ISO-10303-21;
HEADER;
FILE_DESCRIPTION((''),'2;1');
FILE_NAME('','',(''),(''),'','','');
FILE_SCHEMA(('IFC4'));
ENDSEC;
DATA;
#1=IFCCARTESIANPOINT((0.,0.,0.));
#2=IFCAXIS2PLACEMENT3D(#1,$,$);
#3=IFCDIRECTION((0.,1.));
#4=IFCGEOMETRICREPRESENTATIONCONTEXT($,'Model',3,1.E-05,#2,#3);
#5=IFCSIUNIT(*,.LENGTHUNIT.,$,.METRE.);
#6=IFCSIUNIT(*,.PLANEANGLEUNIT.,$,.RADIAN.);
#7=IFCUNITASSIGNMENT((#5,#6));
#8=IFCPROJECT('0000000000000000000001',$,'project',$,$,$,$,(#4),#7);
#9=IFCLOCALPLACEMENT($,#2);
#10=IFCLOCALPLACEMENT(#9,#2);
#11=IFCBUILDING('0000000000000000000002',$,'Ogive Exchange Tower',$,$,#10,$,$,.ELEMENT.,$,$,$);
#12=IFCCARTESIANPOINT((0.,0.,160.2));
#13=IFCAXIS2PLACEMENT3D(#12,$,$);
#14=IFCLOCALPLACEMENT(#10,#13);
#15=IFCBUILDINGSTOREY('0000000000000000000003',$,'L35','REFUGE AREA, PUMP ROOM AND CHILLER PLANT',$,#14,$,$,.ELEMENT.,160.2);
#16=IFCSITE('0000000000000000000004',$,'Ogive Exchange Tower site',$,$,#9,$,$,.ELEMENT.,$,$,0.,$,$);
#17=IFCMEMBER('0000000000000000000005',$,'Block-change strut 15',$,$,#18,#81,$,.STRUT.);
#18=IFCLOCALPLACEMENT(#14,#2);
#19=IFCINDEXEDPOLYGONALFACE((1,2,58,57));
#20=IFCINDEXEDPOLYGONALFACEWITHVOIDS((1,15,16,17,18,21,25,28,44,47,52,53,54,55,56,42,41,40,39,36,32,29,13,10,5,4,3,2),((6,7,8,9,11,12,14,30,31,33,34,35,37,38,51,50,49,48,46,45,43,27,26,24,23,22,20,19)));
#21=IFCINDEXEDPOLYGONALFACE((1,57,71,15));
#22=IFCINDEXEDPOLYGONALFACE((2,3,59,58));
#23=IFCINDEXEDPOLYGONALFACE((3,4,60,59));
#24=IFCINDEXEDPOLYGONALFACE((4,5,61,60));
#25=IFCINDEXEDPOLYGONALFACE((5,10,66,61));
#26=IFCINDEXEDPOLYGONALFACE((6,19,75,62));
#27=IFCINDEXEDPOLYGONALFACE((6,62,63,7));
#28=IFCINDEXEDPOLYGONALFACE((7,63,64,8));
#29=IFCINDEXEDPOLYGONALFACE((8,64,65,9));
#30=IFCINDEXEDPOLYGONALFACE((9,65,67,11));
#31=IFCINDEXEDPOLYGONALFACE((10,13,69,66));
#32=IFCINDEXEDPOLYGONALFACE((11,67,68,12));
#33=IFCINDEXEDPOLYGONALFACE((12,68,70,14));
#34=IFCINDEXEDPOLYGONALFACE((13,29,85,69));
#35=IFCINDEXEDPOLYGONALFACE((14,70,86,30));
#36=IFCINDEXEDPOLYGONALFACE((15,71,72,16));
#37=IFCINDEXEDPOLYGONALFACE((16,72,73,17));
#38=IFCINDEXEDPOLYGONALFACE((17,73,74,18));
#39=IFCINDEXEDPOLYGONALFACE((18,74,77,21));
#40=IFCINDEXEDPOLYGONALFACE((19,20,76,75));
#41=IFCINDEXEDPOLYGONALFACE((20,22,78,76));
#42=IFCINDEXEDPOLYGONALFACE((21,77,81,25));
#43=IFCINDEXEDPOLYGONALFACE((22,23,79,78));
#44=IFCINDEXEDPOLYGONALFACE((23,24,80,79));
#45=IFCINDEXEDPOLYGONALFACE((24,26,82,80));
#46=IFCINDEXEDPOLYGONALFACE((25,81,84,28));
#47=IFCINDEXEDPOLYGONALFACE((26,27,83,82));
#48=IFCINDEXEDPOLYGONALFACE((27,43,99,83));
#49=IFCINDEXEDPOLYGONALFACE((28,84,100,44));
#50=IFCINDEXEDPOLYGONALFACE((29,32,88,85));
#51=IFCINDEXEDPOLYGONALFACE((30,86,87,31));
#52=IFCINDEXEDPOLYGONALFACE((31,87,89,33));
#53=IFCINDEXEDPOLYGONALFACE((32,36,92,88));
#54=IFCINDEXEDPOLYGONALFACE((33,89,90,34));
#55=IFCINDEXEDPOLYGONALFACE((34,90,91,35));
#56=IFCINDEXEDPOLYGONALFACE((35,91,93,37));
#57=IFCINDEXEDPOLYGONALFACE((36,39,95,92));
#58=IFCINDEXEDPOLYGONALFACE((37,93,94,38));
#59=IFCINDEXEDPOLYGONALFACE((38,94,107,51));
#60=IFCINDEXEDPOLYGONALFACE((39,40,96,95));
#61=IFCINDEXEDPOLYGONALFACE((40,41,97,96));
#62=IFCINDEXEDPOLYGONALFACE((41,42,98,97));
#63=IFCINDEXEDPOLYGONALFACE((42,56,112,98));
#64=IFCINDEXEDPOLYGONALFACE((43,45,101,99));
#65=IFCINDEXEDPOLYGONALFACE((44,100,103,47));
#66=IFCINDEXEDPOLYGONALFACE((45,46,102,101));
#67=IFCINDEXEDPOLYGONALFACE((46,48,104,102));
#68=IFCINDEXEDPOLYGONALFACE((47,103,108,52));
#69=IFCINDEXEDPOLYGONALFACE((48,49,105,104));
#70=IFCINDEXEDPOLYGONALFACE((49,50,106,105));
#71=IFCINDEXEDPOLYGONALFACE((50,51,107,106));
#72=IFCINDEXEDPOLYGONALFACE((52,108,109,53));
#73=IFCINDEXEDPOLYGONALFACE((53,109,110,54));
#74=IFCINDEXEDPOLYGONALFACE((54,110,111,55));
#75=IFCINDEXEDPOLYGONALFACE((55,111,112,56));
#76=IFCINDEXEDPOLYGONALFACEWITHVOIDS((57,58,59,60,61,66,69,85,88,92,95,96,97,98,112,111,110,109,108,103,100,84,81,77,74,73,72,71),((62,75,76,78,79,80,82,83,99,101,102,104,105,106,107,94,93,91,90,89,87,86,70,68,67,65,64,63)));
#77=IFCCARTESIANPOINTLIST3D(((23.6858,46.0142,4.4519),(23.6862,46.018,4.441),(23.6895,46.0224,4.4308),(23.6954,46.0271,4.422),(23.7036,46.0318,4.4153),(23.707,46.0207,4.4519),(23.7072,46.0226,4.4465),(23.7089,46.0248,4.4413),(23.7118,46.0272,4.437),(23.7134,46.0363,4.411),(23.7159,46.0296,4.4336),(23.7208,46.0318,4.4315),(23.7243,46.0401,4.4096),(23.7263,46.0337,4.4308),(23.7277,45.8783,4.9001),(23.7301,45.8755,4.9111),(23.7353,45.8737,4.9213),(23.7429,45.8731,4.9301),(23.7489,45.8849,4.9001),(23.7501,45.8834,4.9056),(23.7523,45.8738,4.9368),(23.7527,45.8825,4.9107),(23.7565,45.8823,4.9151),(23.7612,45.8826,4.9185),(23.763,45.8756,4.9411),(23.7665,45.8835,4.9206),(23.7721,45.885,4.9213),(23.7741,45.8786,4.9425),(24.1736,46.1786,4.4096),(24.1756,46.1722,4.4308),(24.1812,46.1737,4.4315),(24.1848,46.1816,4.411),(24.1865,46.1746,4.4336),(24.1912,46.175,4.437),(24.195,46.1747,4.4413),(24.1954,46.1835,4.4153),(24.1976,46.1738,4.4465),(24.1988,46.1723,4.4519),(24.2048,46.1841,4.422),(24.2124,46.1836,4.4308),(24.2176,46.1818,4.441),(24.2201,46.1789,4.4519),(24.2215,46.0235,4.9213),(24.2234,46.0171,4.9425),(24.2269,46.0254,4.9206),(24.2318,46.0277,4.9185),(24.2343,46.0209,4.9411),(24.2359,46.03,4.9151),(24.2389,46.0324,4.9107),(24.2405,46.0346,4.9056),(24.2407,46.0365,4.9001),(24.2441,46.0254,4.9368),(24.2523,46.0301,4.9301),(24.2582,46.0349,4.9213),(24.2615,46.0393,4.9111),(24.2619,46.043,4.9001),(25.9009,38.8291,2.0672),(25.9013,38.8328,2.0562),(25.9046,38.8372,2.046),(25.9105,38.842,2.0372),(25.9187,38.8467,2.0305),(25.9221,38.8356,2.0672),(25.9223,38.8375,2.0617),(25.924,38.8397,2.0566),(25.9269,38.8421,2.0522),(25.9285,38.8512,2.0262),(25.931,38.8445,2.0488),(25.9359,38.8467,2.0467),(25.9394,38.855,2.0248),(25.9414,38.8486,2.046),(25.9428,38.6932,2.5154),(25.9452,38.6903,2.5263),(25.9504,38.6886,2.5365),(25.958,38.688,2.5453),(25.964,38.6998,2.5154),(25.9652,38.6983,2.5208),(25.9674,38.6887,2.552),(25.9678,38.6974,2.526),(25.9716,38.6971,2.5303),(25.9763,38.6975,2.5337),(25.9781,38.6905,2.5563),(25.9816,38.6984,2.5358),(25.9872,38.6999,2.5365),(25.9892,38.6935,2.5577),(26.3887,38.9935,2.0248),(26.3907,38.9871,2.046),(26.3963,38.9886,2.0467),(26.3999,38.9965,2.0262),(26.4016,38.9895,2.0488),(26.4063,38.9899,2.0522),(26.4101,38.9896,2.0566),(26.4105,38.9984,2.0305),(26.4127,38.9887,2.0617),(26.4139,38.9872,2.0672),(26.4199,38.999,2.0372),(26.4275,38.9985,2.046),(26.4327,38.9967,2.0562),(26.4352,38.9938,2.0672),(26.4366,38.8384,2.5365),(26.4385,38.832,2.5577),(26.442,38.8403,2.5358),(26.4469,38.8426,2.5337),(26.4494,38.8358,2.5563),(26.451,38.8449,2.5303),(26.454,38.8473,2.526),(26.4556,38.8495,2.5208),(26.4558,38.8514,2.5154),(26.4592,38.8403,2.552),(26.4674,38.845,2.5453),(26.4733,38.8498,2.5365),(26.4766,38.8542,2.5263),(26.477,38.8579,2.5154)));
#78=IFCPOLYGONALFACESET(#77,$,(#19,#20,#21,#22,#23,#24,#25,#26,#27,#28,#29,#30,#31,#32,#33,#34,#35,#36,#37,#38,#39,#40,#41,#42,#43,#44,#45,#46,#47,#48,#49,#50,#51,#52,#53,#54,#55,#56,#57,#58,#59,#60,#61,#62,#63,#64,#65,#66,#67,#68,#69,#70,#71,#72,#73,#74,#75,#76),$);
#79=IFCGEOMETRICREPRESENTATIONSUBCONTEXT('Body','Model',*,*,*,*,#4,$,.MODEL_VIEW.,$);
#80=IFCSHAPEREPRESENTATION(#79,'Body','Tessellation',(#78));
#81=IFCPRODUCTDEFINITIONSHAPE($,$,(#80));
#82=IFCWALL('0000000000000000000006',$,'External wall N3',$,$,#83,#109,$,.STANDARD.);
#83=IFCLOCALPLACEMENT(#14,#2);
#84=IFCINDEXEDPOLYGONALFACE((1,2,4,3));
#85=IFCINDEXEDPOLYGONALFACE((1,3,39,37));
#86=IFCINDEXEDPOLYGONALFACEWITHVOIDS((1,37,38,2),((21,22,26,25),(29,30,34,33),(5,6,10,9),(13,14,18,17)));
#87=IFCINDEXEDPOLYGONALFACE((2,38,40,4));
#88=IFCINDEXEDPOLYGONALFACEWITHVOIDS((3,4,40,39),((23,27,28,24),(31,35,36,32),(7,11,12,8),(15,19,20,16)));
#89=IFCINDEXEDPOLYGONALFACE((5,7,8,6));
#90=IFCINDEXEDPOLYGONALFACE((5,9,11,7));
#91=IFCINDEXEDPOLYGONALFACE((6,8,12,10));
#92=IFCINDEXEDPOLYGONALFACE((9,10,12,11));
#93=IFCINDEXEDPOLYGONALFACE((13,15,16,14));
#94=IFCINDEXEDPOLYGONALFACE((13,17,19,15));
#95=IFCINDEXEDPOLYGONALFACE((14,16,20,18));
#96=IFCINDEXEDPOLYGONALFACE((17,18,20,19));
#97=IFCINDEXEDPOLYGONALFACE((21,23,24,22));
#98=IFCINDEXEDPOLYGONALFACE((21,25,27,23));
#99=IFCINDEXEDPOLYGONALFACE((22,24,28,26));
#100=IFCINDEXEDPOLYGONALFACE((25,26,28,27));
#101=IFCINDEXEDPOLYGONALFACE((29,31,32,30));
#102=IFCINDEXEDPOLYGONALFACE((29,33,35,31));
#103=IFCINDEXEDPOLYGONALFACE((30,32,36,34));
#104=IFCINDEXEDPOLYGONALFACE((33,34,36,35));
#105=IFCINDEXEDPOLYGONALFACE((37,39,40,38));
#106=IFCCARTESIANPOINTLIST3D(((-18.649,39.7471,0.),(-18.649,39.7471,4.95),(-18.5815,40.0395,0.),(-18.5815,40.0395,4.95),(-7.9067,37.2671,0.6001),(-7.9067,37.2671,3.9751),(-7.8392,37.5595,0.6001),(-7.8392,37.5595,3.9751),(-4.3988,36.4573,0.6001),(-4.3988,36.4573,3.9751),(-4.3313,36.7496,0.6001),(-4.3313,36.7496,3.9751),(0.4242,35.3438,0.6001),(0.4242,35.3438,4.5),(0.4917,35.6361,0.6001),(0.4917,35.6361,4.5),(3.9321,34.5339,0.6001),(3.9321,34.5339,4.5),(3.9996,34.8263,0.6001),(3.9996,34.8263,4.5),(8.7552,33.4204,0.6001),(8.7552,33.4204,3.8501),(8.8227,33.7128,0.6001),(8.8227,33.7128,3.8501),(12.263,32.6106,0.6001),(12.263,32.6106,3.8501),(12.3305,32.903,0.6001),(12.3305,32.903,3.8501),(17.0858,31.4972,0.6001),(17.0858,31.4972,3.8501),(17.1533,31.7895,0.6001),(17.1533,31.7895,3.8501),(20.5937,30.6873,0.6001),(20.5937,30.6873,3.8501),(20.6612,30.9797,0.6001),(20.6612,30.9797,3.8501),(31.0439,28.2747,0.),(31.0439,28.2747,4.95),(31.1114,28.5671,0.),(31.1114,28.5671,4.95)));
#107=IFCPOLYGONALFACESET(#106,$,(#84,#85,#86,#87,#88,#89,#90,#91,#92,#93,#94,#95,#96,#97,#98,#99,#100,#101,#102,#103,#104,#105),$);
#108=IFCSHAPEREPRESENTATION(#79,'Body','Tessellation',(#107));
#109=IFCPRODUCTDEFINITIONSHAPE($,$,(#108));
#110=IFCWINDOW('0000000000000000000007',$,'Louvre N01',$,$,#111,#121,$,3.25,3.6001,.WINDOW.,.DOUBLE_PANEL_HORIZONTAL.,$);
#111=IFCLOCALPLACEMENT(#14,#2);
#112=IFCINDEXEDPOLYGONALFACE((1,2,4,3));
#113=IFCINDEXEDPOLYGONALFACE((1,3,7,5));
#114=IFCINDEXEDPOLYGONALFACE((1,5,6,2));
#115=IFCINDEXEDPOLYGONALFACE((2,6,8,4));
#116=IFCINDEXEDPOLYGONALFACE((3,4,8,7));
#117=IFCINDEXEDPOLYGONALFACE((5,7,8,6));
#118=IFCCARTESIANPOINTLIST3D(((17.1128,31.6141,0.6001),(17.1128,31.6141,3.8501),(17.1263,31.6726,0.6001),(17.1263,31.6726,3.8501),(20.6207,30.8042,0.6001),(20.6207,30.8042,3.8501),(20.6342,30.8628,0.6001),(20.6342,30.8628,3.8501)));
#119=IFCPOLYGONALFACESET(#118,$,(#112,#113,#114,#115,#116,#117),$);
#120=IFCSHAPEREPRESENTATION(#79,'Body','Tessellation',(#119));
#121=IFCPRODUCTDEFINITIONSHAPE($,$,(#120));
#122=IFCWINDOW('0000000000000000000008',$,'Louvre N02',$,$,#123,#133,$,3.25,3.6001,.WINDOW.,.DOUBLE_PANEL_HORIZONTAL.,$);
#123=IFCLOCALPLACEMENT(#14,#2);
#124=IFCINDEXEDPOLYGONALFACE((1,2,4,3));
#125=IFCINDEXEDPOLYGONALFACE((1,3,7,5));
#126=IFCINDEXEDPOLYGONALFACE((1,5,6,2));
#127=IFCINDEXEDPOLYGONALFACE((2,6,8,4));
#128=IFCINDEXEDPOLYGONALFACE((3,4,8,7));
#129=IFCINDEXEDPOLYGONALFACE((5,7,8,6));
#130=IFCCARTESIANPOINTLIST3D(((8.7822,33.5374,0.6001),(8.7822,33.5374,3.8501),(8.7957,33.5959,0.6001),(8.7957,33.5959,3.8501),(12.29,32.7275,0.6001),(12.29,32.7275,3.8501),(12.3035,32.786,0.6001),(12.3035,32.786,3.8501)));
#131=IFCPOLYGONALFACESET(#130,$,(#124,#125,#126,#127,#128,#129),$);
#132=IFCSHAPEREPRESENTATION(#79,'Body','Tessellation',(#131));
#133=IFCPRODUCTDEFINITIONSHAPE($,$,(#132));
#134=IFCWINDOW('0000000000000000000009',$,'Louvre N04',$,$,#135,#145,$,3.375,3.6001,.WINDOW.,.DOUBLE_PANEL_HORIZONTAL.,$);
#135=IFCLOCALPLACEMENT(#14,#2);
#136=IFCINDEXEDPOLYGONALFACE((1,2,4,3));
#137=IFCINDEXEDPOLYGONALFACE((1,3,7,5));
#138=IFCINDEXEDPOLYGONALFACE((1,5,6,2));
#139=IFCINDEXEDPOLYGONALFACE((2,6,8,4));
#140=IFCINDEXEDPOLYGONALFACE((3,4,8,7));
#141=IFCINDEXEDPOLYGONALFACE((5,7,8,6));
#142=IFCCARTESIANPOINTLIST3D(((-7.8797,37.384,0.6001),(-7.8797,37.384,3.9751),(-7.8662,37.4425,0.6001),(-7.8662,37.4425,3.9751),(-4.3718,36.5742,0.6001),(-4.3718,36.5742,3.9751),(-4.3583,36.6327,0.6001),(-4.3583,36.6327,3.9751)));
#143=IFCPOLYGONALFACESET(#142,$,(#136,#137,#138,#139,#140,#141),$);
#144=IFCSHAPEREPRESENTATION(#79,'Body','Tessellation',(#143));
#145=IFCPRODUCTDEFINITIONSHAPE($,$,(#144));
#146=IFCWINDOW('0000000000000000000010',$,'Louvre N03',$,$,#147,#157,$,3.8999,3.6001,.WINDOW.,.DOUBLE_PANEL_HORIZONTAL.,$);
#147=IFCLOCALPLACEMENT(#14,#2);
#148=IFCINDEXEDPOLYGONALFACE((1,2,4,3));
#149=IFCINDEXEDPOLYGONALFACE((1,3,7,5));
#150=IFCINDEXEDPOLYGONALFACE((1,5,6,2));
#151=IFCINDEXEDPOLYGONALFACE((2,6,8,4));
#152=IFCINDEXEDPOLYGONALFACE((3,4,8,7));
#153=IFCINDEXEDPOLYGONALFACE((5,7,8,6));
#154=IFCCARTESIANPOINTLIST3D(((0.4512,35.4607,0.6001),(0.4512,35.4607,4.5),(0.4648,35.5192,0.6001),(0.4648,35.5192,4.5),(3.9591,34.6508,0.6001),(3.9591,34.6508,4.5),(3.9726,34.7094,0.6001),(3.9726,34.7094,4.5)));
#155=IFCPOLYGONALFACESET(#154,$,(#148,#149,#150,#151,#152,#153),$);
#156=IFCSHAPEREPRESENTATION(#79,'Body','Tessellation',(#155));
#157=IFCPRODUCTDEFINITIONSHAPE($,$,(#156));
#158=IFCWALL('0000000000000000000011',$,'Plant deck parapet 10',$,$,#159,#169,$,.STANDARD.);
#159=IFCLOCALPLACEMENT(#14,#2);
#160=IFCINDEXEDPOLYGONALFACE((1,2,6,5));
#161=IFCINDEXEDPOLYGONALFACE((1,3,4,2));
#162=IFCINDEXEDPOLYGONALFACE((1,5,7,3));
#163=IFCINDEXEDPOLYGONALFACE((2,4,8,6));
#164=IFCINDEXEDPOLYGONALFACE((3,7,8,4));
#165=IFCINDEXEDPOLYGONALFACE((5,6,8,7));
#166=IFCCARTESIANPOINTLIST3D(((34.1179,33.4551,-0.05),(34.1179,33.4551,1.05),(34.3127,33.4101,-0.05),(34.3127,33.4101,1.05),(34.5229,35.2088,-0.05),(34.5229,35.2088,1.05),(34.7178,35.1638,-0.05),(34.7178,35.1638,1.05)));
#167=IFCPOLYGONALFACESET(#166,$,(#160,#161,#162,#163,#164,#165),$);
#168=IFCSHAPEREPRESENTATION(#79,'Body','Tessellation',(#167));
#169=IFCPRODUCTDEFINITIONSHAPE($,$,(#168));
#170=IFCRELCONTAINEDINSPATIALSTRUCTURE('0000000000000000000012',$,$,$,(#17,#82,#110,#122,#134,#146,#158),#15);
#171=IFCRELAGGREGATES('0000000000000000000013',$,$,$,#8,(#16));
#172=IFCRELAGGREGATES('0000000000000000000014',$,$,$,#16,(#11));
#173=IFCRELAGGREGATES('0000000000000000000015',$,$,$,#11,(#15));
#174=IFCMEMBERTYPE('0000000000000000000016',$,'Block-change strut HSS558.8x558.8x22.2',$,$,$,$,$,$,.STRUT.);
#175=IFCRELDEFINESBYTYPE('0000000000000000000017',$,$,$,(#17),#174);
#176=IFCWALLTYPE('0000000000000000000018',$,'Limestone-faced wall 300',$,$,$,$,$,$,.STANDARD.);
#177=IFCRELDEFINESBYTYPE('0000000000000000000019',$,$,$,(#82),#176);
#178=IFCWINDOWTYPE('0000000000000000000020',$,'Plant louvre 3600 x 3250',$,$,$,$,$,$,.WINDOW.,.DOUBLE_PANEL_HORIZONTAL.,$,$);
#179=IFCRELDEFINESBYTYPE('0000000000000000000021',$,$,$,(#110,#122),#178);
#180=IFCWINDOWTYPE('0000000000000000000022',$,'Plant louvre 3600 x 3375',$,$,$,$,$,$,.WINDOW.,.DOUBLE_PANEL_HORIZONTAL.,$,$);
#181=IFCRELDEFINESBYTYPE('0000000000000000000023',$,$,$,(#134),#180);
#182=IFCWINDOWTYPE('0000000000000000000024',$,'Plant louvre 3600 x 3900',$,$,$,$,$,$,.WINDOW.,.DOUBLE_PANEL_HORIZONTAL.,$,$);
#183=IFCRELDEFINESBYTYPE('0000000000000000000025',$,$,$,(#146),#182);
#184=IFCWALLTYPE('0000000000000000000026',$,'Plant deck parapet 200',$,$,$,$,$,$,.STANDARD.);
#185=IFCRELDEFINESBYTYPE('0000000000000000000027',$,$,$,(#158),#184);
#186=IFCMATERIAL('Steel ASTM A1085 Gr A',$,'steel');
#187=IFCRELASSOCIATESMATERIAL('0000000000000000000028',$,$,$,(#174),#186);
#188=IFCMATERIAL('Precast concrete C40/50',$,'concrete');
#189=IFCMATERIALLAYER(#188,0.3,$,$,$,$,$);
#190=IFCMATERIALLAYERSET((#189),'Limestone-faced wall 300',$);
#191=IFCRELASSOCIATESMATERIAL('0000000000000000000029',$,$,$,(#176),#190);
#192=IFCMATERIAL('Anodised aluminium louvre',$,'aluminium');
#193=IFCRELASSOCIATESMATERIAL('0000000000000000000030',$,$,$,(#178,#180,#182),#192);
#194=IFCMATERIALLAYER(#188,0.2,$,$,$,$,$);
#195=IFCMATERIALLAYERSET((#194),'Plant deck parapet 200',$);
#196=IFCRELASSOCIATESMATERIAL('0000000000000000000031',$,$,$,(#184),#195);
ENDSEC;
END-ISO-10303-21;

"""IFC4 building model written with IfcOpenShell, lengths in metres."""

from ifc_helpers import new_model, si_unit, direction, frame, frame_2d, origin, origin_2d, place, context, subcontext, project, spatial, rectangle, hollow_rectangle, extrude, material, layer, layer_set, material_profile, profile_set, type_object, element, fill, save


model = new_model("IFC4")

# Units and contexts
model_context = context("Model", 3, precision=1e-05, world=origin(), true_north=direction((0.0, 1.0)))
body_context = subcontext(model_context, "Body", "Model", "MODEL_VIEW")
ifc_project = project(units=[si_unit("LENGTHUNIT", "METRE"), si_unit("PLANEANGLEUNIT", "RADIAN")], contexts=[model_context])

# Site, building, storey
site_placement = place(None, origin())
site = spatial("IfcSite", under=ifc_project, at=site_placement, Name="Ogive Exchange Tower site", CompositionType="ELEMENT", RefElevation=0.0)
building_placement = place(site_placement, origin())
building = spatial("IfcBuilding", under=site, at=building_placement, Name="Ogive Exchange Tower", CompositionType="ELEMENT")
storey_placement = place(building_placement, frame((0.0, 0.0, 160.2)))
storey = spatial("IfcBuildingStorey", under=building, at=storey_placement, Name="L35", Description="REFUGE AREA, PUMP ROOM AND CHILLER PLANT", CompositionType="ELEMENT", Elevation=160.2)

# Shared definitions
ifc_material_1 = material(Name="Steel ASTM A1085 Gr A", Category="steel")

# Member
ifc_material_profile_1 = material_profile(ifc_material_1, hollow_rectangle(XDim=0.5591, YDim=0.5591, WallThickness=0.0222, InnerFilletRadius=0.0222, OuterFilletRadius=0.0444, at=origin_2d()), Name="HSS558.8x558.8x22.2")
ifc_profile_set_1 = profile_set([ifc_material_profile_1], Name="Steel ASTM A1085 Gr A")
member_type_1 = type_object("IfcMemberType", Name="Block-change strut HSS558.8x558.8x22.2", PredefinedType="STRUT", material=ifc_profile_set_1)
member_1_placement = place(storey_placement, frame((26.189, 38.8435, 2.2913), z_axis=(-0.280821, 0.910898, 0.302333), x_axis=(-0.955618, -0.294608, 0.0)))
element("IfcMember", 1, at=member_1_placement, inside=storey, type_object=member_type_1, Name="Block-change strut 15", PredefinedType="STRUT", context=body_context, shape_type="SweptSolid", body=[
    extrude(hollow_rectangle(XDim=0.5591, YDim=0.5591, WallThickness=0.0222, InnerFilletRadius=0.0222, OuterFilletRadius=0.0444, at=origin_2d()), origin(), (0.0, 0.0, 1.0), 7.8879),
])

# Wall, openings, windows
ifc_material_2 = material(Name="Precast concrete C40/50", Category="concrete")
ifc_layer_1 = layer(ifc_material_2, 0.3)
ifc_layer_set_1 = layer_set([ifc_layer_1], Name="Limestone-faced wall 300")
wall_type_1 = type_object("IfcWallType", Name="Limestone-faced wall 300", PredefinedType="STANDARD", material=ifc_layer_set_1)
wall_1_placement = place(storey_placement, frame((31.0776, 28.4209, 0.0), z_axis=(0.0, 0.0, 1.0), x_axis=(-0.97437, 0.224949, 0.0)))
wall_1 = element("IfcWall", 2, at=wall_1_placement, inside=storey, type_object=wall_type_1, Name="External wall N3", PredefinedType="STANDARD", context=body_context, shape_type="SweptSolid", body=[
    extrude(rectangle(XDim=51.0, YDim=0.3, at=frame_2d((25.5, 0.0))), origin(), (0.0, 0.0, 1.0), 4.95),
])
opening_1_placement = place(wall_1_placement, frame((10.7251, 0.0, 0.6001)))
opening_1 = element("IfcOpeningElement", 3, at=opening_1_placement, cuts=wall_1, PredefinedType="OPENING", context=body_context, shape_type="SweptSolid", body=[
    extrude(rectangle(XDim=3.6001, YDim=3.25, at=frame_2d((1.8, 1.625))), frame((0.0, 0.1599, 0.0), z_axis=(0.0, -1.0, 0.0), x_axis=(1.0, 0.0, 0.0)), (0.0, 0.0, 1.0), 0.3201),
])
opening_2_placement = place(wall_1_placement, frame((19.2749, 0.0, 0.6001)))
opening_2 = element("IfcOpeningElement", 4, at=opening_2_placement, cuts=wall_1, PredefinedType="OPENING", context=body_context, shape_type="SweptSolid", body=[
    extrude(rectangle(XDim=3.6001, YDim=3.25, at=frame_2d((1.8, 1.625))), frame((0.0, 0.1599, 0.0), z_axis=(0.0, -1.0, 0.0), x_axis=(1.0, 0.0, 0.0)), (0.0, 0.0, 1.0), 0.3201),
])
opening_3_placement = place(wall_1_placement, frame((27.825, 0.0, 0.6001)))
opening_3 = element("IfcOpeningElement", 5, at=opening_3_placement, cuts=wall_1, PredefinedType="OPENING", context=body_context, shape_type="SweptSolid", body=[
    extrude(rectangle(XDim=3.6001, YDim=3.8999, at=frame_2d((1.8, 1.95))), frame((0.0, 0.1599, 0.0), z_axis=(0.0, -1.0, 0.0), x_axis=(1.0, 0.0, 0.0)), (0.0, 0.0, 1.0), 0.3201),
])
opening_4_placement = place(wall_1_placement, frame((36.375, 0.0, 0.6001)))
opening_4 = element("IfcOpeningElement", 6, at=opening_4_placement, cuts=wall_1, PredefinedType="OPENING", context=body_context, shape_type="SweptSolid", body=[
    extrude(rectangle(XDim=3.6001, YDim=3.375, at=frame_2d((1.8, 1.6875))), frame((0.0, 0.1599, 0.0), z_axis=(0.0, -1.0, 0.0), x_axis=(1.0, 0.0, 0.0)), (0.0, 0.0, 1.0), 0.3201),
])
ifc_material_3 = material(Name="Anodised aluminium louvre", Category="aluminium")
window_type_1 = type_object("IfcWindowType", Name="Plant louvre 3600 x 3250", PartitioningType="DOUBLE_PANEL_HORIZONTAL", PredefinedType="WINDOW", material=ifc_material_3)
window_1_placement = place(opening_1_placement, origin())
window_1 = element("IfcWindow", 7, at=window_1_placement, inside=storey, type_object=window_type_1, Name="Louvre N01", OverallHeight=3.25, OverallWidth=3.6001, PartitioningType="DOUBLE_PANEL_HORIZONTAL", PredefinedType="WINDOW", context=body_context, shape_type="SweptSolid", body=[
    extrude(rectangle(XDim=3.6001, YDim=3.25, at=frame_2d((1.8, 1.625))), frame((0.0, 0.03, 0.0), z_axis=(0.0, -1.0, 0.0), x_axis=(1.0, 0.0, 0.0)), (0.0, 0.0, 1.0), 0.0601),
])
fill(opening_1, window_1)
window_2_placement = place(opening_2_placement, origin())
window_2 = element("IfcWindow", 8, at=window_2_placement, inside=storey, type_object=window_type_1, Name="Louvre N02", OverallHeight=3.25, OverallWidth=3.6001, PartitioningType="DOUBLE_PANEL_HORIZONTAL", PredefinedType="WINDOW", context=body_context, shape_type="SweptSolid", body=[
    extrude(rectangle(XDim=3.6001, YDim=3.25, at=frame_2d((1.8, 1.625))), frame((0.0, 0.03, 0.0), z_axis=(0.0, -1.0, 0.0), x_axis=(1.0, 0.0, 0.0)), (0.0, 0.0, 1.0), 0.0601),
])
fill(opening_2, window_2)
window_type_2 = type_object("IfcWindowType", Name="Plant louvre 3600 x 3375", PartitioningType="DOUBLE_PANEL_HORIZONTAL", PredefinedType="WINDOW", material=ifc_material_3)
window_3_placement = place(opening_4_placement, origin())
window_3 = element("IfcWindow", 9, at=window_3_placement, inside=storey, type_object=window_type_2, Name="Louvre N04", OverallHeight=3.375, OverallWidth=3.6001, PartitioningType="DOUBLE_PANEL_HORIZONTAL", PredefinedType="WINDOW", context=body_context, shape_type="SweptSolid", body=[
    extrude(rectangle(XDim=3.6001, YDim=3.375, at=frame_2d((1.8, 1.6875))), frame((0.0, 0.03, 0.0), z_axis=(0.0, -1.0, 0.0), x_axis=(1.0, 0.0, 0.0)), (0.0, 0.0, 1.0), 0.0601),
])
fill(opening_4, window_3)
window_type_3 = type_object("IfcWindowType", Name="Plant louvre 3600 x 3900", PartitioningType="DOUBLE_PANEL_HORIZONTAL", PredefinedType="WINDOW", material=ifc_material_3)
window_4_placement = place(opening_3_placement, origin())
window_4 = element("IfcWindow", 10, at=window_4_placement, inside=storey, type_object=window_type_3, Name="Louvre N03", OverallHeight=3.8999, OverallWidth=3.6001, PartitioningType="DOUBLE_PANEL_HORIZONTAL", PredefinedType="WINDOW", context=body_context, shape_type="SweptSolid", body=[
    extrude(rectangle(XDim=3.6001, YDim=3.8999, at=frame_2d((1.8, 1.95))), frame((0.0, 0.03, 0.0), z_axis=(0.0, -1.0, 0.0), x_axis=(1.0, 0.0, 0.0)), (0.0, 0.0, 1.0), 0.0601),
])
fill(opening_3, window_4)

# Wall
ifc_layer_2 = layer(ifc_material_2, 0.2)
ifc_layer_set_2 = layer_set([ifc_layer_2], Name="Plant deck parapet 200")
wall_type_2 = type_object("IfcWallType", Name="Plant deck parapet 200", PredefinedType="STANDARD", material=ifc_layer_set_2)
wall_2_placement = place(storey_placement, frame((34.2153, 33.4326, -0.05), z_axis=(0.0, 0.0, 1.0), x_axis=(0.225038, 0.97435, 0.0)))
element("IfcWall", 11, at=wall_2_placement, inside=storey, type_object=wall_type_2, Name="Plant deck parapet 10", PredefinedType="STANDARD", context=body_context, shape_type="SweptSolid", body=[
    extrude(rectangle(XDim=1.7998, YDim=0.2, at=frame_2d((0.8999, 0.0))), origin(), (0.0, 0.0, 1.0), 1.1001),
])

save(model, "model.ifc")
